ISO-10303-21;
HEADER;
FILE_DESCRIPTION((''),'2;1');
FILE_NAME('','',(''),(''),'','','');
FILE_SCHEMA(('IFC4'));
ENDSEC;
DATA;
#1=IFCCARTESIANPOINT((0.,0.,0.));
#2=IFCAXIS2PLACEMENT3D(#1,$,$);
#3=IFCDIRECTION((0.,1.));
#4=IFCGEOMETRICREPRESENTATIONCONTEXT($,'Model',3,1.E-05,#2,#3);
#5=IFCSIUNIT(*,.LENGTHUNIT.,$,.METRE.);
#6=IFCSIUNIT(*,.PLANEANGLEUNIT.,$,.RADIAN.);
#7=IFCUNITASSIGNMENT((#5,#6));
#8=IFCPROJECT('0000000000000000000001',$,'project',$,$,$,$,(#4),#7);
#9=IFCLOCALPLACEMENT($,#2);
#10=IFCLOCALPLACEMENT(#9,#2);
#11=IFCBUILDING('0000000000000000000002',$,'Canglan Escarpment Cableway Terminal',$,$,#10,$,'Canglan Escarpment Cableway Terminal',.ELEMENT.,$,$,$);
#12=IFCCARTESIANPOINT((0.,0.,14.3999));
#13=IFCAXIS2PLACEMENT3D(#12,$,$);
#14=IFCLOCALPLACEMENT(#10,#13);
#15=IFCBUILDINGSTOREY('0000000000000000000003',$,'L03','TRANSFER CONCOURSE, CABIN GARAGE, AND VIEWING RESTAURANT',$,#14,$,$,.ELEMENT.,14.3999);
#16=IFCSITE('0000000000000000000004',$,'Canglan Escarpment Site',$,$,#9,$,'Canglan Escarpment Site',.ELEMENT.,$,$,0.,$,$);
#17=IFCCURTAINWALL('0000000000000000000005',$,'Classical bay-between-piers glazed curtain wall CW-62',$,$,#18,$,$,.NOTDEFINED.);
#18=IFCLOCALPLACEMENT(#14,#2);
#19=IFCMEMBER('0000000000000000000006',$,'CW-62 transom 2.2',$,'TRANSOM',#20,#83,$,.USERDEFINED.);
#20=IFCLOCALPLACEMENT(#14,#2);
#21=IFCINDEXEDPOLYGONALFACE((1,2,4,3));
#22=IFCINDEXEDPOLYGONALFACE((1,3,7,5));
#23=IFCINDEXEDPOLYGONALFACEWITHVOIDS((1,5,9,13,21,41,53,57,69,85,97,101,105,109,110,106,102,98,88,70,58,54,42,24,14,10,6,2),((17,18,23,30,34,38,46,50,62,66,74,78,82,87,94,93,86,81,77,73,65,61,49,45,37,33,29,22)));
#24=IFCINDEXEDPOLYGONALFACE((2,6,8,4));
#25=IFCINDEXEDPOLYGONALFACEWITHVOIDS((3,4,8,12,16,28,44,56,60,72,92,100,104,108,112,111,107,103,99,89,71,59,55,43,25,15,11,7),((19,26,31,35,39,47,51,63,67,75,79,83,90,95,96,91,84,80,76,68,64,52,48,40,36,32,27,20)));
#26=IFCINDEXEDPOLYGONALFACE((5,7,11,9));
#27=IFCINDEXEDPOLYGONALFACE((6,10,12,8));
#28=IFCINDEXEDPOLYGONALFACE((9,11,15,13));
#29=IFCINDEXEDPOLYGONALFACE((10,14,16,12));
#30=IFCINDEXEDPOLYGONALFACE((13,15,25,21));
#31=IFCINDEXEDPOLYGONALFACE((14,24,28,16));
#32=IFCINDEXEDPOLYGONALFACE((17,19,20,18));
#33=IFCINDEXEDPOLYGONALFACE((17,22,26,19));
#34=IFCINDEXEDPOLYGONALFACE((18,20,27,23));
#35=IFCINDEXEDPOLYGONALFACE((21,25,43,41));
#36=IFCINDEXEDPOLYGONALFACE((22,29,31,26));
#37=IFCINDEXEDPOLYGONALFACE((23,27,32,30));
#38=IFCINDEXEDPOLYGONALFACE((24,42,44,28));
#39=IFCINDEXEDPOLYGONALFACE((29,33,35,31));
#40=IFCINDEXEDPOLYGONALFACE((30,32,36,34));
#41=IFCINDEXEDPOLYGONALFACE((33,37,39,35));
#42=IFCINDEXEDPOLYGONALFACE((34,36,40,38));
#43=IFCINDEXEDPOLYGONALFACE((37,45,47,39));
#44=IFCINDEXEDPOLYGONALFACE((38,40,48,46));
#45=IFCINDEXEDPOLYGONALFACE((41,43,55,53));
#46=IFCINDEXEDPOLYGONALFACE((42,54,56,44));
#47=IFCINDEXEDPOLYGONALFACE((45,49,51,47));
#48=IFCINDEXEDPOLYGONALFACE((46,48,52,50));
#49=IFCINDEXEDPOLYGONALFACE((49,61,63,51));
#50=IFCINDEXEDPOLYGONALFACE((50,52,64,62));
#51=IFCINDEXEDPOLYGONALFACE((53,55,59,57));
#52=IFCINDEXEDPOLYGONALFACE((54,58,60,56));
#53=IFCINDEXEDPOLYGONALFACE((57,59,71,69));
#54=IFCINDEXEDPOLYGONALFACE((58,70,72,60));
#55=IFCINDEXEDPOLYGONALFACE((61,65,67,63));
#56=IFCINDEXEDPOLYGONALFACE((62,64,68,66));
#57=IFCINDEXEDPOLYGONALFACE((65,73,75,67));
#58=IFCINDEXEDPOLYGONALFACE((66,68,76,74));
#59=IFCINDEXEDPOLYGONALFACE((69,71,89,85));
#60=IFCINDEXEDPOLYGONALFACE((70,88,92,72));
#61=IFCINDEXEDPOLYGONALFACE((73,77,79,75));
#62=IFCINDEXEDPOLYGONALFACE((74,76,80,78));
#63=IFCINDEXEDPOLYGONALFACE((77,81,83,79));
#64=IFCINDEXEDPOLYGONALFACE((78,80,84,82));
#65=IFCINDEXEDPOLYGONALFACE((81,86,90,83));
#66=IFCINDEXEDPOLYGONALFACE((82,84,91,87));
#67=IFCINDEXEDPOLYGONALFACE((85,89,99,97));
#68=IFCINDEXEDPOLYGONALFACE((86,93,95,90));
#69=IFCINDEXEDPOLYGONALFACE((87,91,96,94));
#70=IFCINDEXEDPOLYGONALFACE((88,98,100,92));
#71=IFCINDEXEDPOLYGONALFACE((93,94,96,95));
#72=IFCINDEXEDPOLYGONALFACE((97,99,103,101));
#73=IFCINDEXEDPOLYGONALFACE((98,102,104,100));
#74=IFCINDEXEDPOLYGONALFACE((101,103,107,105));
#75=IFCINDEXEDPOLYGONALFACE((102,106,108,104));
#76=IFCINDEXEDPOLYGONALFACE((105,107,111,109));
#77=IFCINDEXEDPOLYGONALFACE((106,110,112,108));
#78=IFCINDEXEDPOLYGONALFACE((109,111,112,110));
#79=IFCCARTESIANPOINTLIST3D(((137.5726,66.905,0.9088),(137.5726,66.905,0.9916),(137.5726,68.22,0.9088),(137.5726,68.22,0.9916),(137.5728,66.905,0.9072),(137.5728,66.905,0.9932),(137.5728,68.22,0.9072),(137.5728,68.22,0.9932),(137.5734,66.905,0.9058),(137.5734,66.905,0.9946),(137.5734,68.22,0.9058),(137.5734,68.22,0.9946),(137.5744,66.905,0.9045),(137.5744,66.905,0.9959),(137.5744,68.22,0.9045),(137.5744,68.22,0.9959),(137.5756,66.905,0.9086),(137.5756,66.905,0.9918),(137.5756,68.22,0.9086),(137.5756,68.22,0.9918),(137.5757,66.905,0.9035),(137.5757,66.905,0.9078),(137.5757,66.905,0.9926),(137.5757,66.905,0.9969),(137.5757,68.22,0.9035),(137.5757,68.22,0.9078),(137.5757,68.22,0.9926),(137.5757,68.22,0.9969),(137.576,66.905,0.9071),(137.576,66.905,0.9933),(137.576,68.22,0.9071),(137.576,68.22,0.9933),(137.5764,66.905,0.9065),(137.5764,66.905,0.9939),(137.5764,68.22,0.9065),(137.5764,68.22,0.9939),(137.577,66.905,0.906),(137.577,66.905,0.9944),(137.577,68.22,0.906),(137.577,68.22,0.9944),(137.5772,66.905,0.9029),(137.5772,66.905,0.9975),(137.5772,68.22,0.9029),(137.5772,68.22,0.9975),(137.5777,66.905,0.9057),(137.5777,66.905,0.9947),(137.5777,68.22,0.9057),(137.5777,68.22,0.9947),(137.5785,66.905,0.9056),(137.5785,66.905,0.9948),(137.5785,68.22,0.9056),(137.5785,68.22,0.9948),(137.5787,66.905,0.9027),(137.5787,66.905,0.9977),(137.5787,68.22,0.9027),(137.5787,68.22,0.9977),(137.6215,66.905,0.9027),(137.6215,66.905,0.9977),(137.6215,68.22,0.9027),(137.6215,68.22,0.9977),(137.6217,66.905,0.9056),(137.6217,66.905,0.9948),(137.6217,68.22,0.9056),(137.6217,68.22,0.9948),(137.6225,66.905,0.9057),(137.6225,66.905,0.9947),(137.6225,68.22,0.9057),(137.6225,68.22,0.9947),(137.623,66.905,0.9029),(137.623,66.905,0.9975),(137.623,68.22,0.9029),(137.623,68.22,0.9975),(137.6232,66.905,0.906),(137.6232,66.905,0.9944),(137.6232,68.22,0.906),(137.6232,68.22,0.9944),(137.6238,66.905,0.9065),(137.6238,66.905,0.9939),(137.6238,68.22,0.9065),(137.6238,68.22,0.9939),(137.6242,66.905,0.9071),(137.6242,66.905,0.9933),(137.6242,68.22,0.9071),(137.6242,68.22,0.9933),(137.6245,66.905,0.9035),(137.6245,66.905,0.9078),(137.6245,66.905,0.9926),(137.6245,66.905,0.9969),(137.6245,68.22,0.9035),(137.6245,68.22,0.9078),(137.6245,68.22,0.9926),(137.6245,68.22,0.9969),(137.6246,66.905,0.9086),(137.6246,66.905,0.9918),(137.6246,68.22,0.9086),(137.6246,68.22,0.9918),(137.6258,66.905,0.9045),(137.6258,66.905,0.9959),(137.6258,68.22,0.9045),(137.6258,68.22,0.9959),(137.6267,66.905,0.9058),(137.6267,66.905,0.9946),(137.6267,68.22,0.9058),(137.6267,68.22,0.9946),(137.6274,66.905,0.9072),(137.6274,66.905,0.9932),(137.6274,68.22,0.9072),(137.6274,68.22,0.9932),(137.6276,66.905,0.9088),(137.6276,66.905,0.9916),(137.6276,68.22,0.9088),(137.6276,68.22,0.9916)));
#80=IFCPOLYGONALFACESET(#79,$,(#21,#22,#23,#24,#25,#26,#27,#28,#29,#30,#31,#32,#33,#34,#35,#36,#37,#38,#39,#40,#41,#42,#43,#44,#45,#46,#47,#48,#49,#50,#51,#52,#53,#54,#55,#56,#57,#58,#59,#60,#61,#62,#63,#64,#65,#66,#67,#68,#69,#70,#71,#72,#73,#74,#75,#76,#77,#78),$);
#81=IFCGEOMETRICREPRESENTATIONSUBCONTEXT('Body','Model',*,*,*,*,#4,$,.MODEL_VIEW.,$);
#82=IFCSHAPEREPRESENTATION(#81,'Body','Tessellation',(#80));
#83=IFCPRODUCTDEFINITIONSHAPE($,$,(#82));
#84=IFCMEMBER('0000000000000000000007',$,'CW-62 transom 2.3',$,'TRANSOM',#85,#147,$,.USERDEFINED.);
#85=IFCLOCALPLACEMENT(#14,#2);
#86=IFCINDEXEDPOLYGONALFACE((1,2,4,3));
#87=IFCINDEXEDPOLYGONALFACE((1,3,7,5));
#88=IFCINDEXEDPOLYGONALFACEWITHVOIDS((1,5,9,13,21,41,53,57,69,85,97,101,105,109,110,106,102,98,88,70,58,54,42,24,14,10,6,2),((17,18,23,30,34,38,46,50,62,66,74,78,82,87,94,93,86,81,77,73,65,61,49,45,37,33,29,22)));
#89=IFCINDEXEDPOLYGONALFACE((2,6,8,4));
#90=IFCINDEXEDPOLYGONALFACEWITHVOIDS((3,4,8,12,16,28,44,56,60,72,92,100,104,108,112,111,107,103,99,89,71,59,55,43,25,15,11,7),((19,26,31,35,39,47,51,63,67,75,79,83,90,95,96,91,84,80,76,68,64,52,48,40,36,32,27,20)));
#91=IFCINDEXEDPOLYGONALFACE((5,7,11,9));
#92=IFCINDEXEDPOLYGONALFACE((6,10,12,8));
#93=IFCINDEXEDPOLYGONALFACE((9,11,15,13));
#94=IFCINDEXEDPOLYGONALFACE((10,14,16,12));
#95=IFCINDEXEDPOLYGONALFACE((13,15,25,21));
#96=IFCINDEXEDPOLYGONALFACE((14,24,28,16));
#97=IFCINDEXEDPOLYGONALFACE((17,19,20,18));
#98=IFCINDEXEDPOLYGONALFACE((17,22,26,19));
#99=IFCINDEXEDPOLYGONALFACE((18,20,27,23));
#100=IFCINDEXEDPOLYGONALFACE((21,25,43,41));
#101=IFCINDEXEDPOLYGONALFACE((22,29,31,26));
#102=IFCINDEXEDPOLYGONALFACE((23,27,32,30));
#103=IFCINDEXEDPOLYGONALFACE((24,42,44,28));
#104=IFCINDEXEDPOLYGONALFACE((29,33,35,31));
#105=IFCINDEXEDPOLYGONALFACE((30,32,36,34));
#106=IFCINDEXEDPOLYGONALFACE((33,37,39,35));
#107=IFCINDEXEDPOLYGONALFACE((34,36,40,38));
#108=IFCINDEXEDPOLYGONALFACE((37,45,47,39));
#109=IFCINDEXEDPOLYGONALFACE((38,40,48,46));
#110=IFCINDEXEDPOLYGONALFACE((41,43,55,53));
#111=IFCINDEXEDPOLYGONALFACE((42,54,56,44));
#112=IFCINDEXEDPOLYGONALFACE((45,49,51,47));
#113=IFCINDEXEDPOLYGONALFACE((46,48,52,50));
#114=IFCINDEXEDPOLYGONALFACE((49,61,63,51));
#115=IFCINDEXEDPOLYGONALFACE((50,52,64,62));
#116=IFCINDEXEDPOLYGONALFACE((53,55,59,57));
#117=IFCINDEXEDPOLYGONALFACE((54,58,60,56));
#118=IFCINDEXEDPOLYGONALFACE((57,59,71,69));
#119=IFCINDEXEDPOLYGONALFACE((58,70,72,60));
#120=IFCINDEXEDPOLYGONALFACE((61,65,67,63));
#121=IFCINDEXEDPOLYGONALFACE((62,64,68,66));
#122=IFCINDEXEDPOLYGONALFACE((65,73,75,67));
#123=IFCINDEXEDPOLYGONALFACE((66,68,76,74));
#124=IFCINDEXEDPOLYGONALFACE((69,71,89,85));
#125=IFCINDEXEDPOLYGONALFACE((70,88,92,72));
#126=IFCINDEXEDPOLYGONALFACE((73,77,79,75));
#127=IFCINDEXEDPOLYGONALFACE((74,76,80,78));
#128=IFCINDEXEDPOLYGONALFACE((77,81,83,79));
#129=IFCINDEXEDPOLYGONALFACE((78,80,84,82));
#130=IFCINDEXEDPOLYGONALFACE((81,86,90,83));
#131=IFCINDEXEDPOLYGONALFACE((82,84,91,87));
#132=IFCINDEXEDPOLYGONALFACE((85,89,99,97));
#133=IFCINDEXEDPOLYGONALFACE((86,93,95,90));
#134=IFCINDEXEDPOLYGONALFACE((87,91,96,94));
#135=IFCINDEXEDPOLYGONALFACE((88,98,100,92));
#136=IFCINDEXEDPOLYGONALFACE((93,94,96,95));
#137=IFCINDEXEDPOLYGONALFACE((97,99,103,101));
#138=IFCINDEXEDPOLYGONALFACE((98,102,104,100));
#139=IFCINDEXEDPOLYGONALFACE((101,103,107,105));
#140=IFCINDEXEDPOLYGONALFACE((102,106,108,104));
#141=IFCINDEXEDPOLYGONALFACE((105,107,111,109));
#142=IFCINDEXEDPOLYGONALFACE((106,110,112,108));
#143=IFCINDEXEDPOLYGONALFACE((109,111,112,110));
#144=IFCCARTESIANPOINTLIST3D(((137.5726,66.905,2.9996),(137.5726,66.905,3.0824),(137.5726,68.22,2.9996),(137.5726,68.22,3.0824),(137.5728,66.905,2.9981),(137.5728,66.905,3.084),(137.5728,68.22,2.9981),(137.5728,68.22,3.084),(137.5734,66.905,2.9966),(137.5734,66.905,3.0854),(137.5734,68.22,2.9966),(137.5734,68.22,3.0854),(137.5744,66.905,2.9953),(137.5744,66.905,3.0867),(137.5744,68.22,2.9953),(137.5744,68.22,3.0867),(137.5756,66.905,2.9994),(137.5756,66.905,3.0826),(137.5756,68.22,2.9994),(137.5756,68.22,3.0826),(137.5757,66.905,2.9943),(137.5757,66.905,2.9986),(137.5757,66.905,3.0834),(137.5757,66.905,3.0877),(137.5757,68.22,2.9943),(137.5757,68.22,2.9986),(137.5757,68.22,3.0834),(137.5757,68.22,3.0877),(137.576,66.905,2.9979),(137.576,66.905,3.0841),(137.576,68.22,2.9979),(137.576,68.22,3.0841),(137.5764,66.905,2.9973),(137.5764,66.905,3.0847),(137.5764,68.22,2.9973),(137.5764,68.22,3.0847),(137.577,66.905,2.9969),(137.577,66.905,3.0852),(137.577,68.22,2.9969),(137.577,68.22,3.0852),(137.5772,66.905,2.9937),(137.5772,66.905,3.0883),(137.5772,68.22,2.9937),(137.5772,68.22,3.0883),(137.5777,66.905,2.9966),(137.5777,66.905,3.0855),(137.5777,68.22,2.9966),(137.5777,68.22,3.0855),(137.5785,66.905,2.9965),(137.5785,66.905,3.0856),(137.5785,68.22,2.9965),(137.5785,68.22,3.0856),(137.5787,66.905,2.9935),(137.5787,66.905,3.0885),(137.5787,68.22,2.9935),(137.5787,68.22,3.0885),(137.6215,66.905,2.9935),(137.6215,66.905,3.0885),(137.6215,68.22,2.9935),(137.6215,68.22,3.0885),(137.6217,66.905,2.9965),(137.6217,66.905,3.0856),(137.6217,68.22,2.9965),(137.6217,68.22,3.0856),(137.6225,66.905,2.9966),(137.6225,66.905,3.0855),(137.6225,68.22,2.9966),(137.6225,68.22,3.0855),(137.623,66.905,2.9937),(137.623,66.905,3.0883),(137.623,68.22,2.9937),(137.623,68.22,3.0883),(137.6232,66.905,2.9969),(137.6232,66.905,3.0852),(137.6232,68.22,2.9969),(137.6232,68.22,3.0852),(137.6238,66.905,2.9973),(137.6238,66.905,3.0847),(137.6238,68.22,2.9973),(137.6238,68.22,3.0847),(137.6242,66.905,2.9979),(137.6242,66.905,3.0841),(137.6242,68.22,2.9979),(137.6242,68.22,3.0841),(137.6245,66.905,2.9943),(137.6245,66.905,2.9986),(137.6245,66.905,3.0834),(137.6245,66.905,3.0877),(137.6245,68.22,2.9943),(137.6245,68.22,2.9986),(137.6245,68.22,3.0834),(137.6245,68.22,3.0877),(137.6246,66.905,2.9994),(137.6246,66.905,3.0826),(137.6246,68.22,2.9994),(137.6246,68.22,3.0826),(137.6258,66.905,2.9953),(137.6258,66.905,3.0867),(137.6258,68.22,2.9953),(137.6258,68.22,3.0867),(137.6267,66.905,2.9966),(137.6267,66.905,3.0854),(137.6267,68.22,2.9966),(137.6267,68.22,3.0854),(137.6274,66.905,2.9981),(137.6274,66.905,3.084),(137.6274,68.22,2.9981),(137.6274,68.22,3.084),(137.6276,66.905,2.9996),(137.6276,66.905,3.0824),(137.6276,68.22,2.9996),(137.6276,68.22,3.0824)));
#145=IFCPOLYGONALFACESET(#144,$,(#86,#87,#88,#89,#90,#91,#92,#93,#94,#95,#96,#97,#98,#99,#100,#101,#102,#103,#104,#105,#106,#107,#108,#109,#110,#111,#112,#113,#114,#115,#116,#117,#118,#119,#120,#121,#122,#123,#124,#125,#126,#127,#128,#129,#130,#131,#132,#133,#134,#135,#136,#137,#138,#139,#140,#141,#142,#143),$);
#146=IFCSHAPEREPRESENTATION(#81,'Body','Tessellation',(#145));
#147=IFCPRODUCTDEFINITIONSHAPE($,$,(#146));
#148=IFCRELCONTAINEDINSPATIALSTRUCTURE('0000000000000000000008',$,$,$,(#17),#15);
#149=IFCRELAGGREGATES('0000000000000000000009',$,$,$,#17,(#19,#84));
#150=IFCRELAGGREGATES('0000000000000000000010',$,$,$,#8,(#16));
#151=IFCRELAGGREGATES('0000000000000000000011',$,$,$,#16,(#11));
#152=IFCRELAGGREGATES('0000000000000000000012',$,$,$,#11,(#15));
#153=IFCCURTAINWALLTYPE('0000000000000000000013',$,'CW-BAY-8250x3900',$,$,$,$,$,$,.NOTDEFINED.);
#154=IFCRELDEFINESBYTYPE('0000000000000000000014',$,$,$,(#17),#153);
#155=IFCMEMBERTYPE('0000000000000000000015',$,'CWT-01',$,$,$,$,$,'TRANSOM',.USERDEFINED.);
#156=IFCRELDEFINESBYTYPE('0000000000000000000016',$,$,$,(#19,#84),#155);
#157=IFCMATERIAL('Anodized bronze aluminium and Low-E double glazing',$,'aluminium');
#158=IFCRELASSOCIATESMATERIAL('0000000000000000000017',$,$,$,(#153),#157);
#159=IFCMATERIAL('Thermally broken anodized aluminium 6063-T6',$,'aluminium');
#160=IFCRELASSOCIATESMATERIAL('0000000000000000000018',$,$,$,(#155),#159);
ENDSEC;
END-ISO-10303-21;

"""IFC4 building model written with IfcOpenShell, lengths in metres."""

from ifc_helpers import new_model, si_unit, direction, frame, origin, origin_2d, place, context, subcontext, project, spatial, hollow_rectangle, extrude, material, material_profile, profile_set, type_object, element, aggregate, save


model = new_model("IFC4")

# Units and contexts
model_context = context("Model", 3, precision=1e-05, world=origin(), true_north=direction((0.0, 1.0)))
body_context = subcontext(model_context, "Body", "Model", "MODEL_VIEW")
ifc_project = project(units=[si_unit("LENGTHUNIT", "METRE"), si_unit("PLANEANGLEUNIT", "RADIAN")], contexts=[model_context])

# Site, building, storey
site_placement = place(None, origin())
site = spatial("IfcSite", under=ifc_project, at=site_placement, Name="Canglan Escarpment Site", LongName="Canglan Escarpment Site", CompositionType="ELEMENT", RefElevation=0.0)
building_placement = place(site_placement, origin())
building = spatial("IfcBuilding", under=site, at=building_placement, Name="Canglan Escarpment Cableway Terminal", LongName="Canglan Escarpment Cableway Terminal", CompositionType="ELEMENT")
storey_placement = place(building_placement, frame((0.0, 0.0, 14.3999)))
storey = spatial("IfcBuildingStorey", under=building, at=storey_placement, Name="L03", Description="TRANSFER CONCOURSE, CABIN GARAGE, AND VIEWING RESTAURANT", CompositionType="ELEMENT", Elevation=14.3999)

# Curtain wall, members
ifc_material_1 = material(Name="Anodized bronze aluminium and Low-E double glazing", Category="aluminium")
curtain_wall_type = type_object("IfcCurtainWallType", Name="CW-BAY-8250x3900", PredefinedType="NOTDEFINED", material=ifc_material_1)
curtain_wall_placement = place(storey_placement, origin())
curtain_wall = element("IfcCurtainWall", 1, at=curtain_wall_placement, inside=storey, type_object=curtain_wall_type, Name="Classical bay-between-piers glazed curtain wall CW-62", PredefinedType="NOTDEFINED")
ifc_material_2 = material(Name="Thermally broken anodized aluminium 6063-T6", Category="aluminium")
ifc_material_profile_1 = material_profile(ifc_material_2, hollow_rectangle(XDim=0.0549, YDim=0.095, WallThickness=0.0029, InnerFilletRadius=0.0029, OuterFilletRadius=0.0061, at=origin_2d()), Name="ALU-TRAN 55x95x3")
ifc_profile_set_1 = profile_set([ifc_material_profile_1], Name="Thermally broken anodized aluminium 6063-T6")
member_type_1 = type_object("IfcMemberType", Name="CWT-01", ElementType="TRANSOM", PredefinedType="USERDEFINED", material=ifc_profile_set_1)
member_1_placement = place(storey_placement, frame((137.6001, 68.22, 0.9502), z_axis=(0.0, -1.0, 0.0), x_axis=(1.0, 0.0, 0.0)))
member_1 = element("IfcMember", 2, at=member_1_placement, type_object=member_type_1, Name="CW-62 transom 2.2", ObjectType="TRANSOM", PredefinedType="USERDEFINED", context=body_context, shape_type="SweptSolid", body=[
    extrude(hollow_rectangle(XDim=0.0549, YDim=0.095, WallThickness=0.0029, InnerFilletRadius=0.0029, OuterFilletRadius=0.0061, at=origin_2d()), origin(), (0.0, 0.0, 1.0), 1.3149),
])
member_2_placement = place(storey_placement, frame((137.6001, 68.22, 3.041), z_axis=(0.0, -1.0, 0.0), x_axis=(1.0, 0.0, 0.0)))
member_2 = element("IfcMember", 3, at=member_2_placement, type_object=member_type_1, Name="CW-62 transom 2.3", ObjectType="TRANSOM", PredefinedType="USERDEFINED", context=body_context, shape_type="SweptSolid", body=[
    extrude(hollow_rectangle(XDim=0.0549, YDim=0.095, WallThickness=0.0029, InnerFilletRadius=0.0029, OuterFilletRadius=0.0061, at=origin_2d()), origin(), (0.0, 0.0, 1.0), 1.3149),
])

aggregate(curtain_wall, [member_1, member_2])

save(model, "model.ifc")
